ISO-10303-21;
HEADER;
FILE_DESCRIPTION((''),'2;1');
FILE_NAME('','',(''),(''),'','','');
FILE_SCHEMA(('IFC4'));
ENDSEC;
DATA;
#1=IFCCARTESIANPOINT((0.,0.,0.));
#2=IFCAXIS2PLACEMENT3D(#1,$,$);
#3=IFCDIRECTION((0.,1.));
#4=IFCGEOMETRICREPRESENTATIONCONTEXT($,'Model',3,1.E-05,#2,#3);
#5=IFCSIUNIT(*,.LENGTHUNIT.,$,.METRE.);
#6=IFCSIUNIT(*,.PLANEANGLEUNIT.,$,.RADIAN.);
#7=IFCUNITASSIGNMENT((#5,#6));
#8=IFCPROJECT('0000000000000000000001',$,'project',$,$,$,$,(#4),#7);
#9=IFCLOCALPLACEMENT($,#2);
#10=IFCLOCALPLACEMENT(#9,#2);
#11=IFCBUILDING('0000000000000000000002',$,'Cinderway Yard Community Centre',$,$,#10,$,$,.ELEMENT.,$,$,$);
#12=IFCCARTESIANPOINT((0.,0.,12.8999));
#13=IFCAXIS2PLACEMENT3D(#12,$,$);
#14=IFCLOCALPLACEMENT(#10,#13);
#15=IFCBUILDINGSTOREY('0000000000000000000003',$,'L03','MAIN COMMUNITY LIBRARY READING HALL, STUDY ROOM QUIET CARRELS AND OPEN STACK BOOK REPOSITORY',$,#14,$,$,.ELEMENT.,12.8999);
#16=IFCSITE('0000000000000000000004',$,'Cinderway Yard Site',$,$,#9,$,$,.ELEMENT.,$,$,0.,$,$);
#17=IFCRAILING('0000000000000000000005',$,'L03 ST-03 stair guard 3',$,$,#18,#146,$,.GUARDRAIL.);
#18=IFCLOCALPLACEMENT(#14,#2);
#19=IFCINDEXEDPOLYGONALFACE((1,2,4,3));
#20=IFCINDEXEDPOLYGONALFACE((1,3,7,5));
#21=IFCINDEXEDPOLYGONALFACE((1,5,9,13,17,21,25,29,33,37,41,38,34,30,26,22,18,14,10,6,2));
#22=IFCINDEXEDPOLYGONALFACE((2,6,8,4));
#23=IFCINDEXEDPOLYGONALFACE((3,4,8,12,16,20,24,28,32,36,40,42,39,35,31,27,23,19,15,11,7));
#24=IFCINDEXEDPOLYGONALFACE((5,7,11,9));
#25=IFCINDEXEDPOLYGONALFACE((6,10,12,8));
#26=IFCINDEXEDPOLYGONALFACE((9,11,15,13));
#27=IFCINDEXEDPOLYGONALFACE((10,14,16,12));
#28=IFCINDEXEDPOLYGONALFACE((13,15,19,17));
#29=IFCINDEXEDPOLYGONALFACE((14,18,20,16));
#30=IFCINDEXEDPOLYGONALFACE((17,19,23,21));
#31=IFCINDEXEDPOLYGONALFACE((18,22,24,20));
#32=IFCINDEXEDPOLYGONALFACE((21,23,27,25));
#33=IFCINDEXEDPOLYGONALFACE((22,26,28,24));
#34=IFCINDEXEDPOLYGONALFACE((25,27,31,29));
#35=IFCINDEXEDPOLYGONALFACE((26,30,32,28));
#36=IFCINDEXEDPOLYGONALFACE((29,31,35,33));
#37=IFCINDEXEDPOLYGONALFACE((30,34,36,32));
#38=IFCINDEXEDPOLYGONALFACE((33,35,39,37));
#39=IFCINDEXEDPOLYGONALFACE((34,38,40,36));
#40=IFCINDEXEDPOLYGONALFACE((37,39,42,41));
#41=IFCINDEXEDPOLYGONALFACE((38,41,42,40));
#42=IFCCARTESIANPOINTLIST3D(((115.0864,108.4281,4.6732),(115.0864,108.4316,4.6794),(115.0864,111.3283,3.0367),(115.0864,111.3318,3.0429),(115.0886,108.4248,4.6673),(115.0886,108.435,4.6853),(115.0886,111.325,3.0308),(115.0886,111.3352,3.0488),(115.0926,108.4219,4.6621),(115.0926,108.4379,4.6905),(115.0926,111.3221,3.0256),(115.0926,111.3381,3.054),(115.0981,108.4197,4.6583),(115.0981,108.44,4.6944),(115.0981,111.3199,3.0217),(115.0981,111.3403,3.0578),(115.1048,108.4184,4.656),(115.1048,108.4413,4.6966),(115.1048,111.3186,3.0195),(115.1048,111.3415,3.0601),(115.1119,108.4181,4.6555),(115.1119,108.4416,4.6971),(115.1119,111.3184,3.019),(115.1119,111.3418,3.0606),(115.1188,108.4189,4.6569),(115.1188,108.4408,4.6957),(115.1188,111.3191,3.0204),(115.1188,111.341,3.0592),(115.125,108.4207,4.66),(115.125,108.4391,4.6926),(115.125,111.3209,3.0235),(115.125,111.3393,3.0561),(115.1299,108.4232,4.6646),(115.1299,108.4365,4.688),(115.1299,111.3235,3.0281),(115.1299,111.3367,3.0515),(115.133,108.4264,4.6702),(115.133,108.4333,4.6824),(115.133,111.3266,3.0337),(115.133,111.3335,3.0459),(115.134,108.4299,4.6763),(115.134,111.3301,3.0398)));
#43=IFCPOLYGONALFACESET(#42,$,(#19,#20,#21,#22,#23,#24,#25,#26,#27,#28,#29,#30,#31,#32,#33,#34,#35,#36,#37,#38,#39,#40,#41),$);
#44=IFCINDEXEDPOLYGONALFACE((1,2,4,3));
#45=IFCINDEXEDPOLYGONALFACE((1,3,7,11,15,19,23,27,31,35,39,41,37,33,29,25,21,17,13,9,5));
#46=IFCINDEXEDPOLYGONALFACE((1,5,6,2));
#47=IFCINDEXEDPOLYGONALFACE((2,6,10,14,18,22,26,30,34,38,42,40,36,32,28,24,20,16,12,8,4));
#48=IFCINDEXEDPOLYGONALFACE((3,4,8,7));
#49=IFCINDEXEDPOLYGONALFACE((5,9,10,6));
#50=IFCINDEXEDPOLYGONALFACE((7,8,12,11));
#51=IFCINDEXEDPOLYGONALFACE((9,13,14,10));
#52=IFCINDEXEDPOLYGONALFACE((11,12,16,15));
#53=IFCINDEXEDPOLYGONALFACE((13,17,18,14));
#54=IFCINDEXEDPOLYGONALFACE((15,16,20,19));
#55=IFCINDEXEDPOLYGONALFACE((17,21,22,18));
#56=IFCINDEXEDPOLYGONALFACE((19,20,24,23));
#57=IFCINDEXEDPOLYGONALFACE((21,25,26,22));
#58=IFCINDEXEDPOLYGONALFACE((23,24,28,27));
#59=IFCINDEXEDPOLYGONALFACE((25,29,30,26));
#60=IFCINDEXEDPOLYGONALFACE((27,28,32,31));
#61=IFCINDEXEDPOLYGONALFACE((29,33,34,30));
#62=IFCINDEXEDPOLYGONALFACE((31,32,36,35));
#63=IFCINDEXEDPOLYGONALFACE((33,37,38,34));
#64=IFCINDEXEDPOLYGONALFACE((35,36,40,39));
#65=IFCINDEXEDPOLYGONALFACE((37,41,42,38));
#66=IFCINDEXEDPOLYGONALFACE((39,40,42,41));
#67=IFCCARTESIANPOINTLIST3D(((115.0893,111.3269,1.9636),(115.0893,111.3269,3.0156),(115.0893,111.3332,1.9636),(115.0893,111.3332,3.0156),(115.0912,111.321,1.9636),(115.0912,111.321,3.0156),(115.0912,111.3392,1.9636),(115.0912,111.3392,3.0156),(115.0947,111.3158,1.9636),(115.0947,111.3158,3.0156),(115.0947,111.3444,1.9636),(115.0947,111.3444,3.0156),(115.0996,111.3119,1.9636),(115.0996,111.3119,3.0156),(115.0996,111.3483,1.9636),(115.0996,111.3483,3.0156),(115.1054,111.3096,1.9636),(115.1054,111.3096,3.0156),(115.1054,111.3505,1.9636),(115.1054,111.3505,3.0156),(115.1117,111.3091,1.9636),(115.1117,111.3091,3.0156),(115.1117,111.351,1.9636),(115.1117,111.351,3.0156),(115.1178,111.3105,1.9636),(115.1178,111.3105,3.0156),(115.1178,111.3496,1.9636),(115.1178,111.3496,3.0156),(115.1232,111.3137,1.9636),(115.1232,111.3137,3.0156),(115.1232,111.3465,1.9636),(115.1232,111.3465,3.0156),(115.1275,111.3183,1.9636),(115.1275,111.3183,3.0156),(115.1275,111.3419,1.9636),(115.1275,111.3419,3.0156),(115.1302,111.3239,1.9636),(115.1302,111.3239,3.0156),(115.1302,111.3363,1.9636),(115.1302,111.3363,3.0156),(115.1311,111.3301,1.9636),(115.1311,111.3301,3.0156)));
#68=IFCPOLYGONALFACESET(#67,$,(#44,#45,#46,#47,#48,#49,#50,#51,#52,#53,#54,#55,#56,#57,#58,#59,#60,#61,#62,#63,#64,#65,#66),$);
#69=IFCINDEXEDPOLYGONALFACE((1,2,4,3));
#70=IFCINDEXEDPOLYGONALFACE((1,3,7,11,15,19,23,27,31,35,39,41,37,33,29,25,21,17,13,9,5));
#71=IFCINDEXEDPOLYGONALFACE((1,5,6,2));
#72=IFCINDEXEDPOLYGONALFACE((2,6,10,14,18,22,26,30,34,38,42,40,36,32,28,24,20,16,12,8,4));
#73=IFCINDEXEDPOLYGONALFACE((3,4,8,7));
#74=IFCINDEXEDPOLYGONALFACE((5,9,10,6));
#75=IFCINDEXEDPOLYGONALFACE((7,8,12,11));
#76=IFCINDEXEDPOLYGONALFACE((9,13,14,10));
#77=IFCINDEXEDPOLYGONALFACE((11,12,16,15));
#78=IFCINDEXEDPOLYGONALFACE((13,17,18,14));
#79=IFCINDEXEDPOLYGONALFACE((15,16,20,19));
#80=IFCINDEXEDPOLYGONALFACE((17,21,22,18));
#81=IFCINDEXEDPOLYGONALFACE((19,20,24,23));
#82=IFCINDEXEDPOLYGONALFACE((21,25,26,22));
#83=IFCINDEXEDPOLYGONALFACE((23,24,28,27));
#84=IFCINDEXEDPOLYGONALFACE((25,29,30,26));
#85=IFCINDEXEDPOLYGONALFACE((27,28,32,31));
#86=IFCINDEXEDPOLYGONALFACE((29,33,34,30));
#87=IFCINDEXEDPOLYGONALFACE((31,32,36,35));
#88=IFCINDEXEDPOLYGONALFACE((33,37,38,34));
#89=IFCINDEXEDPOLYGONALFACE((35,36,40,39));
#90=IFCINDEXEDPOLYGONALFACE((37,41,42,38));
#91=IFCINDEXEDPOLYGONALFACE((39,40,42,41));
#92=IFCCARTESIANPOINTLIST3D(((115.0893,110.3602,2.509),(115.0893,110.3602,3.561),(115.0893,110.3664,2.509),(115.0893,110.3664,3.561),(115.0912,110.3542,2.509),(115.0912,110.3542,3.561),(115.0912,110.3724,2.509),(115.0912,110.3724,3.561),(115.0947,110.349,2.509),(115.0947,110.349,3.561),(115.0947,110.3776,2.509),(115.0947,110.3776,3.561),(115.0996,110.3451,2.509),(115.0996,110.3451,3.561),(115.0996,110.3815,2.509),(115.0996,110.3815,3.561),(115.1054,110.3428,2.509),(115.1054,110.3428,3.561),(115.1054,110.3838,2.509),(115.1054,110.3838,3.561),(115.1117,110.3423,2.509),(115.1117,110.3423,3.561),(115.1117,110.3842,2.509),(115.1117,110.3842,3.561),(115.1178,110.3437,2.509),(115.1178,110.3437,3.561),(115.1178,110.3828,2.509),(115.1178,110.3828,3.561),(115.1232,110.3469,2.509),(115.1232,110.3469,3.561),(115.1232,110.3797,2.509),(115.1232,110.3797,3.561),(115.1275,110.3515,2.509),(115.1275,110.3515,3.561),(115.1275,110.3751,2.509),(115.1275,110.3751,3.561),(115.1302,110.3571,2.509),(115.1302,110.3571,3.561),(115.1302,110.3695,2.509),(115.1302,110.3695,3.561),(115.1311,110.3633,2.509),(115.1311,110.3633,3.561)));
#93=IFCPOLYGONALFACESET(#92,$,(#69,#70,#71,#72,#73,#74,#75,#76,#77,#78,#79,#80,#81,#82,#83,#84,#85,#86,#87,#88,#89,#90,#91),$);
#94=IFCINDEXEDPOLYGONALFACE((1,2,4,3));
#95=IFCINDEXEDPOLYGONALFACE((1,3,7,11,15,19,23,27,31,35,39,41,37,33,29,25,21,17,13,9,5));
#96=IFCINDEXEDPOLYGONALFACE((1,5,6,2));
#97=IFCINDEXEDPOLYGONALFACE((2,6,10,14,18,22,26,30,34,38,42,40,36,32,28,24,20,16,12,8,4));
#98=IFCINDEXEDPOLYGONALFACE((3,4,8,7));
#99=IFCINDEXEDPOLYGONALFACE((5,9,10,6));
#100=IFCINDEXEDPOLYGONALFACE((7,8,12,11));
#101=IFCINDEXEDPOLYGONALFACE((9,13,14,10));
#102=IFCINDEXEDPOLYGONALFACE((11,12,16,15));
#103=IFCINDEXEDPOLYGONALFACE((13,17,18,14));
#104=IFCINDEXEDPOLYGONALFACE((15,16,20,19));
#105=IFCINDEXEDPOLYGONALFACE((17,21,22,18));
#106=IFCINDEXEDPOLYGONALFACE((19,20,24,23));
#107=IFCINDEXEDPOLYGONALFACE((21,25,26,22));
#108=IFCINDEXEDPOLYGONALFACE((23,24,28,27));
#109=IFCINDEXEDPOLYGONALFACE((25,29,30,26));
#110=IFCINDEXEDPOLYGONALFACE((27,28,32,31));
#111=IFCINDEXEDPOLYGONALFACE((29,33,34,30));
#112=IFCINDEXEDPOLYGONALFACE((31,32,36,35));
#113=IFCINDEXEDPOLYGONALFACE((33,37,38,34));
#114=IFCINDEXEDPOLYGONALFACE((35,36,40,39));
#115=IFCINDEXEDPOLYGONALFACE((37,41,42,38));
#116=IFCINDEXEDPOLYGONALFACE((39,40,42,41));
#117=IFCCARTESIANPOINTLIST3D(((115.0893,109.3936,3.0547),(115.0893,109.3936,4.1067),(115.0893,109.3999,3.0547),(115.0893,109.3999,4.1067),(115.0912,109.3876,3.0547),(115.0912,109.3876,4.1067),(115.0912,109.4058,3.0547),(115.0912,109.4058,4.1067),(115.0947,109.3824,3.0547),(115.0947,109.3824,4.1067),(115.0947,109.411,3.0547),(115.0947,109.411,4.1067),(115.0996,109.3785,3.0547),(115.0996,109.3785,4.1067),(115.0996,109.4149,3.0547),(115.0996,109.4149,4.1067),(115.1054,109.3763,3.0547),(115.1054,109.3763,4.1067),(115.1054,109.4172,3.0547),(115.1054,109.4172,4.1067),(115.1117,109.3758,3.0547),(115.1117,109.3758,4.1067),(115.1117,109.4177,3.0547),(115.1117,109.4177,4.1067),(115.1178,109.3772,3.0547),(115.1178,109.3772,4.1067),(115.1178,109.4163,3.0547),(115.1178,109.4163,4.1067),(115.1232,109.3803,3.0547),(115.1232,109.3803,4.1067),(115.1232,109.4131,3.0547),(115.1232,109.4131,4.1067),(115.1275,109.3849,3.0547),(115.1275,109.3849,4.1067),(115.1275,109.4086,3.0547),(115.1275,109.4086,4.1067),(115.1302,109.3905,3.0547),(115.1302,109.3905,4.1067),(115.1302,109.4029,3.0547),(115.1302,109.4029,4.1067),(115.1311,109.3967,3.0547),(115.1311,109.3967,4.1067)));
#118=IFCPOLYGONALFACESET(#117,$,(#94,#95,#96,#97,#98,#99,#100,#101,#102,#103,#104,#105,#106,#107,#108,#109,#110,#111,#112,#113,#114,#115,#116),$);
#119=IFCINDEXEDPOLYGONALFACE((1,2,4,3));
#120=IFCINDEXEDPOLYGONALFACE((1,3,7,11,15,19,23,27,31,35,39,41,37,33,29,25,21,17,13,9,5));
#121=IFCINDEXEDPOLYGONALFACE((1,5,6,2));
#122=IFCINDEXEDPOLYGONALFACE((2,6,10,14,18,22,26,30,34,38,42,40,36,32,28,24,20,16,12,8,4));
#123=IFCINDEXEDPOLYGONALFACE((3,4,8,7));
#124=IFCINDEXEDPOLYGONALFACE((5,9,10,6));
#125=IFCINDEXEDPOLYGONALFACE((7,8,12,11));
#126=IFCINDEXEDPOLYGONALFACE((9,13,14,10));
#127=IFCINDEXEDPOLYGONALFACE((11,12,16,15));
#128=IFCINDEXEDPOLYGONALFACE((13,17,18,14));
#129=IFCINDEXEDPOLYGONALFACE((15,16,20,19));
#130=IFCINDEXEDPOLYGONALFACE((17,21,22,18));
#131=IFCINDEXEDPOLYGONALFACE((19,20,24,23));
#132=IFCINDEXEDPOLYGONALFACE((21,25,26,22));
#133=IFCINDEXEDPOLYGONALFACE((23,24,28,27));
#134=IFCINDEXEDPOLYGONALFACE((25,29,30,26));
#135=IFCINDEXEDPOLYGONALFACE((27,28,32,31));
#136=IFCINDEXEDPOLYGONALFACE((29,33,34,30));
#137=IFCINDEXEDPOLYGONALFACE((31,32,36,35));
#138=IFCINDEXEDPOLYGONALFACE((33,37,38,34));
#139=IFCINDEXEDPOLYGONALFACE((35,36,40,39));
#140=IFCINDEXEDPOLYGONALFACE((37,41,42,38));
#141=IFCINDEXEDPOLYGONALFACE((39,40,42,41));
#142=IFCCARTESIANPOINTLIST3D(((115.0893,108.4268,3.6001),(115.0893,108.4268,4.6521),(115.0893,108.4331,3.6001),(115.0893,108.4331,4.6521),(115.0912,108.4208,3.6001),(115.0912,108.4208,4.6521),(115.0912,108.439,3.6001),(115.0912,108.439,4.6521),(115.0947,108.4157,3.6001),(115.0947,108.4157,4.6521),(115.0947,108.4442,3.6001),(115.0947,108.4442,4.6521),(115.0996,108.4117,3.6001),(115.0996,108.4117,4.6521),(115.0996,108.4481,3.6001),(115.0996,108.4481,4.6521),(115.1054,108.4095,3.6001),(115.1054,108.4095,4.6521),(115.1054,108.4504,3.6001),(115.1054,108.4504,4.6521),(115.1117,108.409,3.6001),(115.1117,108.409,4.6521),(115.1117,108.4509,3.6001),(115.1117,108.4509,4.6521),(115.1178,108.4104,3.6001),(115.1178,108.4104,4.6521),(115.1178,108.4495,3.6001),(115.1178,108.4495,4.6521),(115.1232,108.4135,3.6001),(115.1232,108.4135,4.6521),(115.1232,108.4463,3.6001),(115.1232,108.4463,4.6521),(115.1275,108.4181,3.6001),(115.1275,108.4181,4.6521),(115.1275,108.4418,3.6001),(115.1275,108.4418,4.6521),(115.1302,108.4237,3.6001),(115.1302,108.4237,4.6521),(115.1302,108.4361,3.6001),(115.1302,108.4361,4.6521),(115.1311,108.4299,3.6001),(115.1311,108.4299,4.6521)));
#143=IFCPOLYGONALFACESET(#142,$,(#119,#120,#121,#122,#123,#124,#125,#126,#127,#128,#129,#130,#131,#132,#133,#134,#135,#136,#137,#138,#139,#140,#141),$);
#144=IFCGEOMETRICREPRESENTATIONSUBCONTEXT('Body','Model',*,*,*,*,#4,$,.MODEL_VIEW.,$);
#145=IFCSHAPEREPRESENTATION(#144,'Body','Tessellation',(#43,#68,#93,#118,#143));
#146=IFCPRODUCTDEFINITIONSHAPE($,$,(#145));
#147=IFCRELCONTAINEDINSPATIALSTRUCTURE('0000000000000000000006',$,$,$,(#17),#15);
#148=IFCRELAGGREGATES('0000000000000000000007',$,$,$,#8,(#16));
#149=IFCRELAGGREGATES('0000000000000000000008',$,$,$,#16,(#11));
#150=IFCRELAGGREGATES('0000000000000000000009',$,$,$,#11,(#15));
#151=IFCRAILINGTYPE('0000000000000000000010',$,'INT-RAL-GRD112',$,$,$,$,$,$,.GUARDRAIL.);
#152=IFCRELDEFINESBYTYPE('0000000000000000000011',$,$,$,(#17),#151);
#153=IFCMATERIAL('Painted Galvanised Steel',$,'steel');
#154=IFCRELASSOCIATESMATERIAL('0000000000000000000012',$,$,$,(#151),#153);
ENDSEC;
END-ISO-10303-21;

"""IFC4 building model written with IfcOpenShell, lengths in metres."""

from ifc_helpers import new_model, si_unit, direction, frame, origin, origin_2d, place, context, subcontext, project, spatial, circle, extrude, material, type_object, element, save


model = new_model("IFC4")

# Units and contexts
model_context = context("Model", 3, precision=1e-05, world=origin(), true_north=direction((0.0, 1.0)))
body_context = subcontext(model_context, "Body", "Model", "MODEL_VIEW")
ifc_project = project(units=[si_unit("LENGTHUNIT", "METRE"), si_unit("PLANEANGLEUNIT", "RADIAN")], contexts=[model_context])

# Site, building, storey
site_placement = place(None, origin())
site = spatial("IfcSite", under=ifc_project, at=site_placement, Name="Cinderway Yard Site", CompositionType="ELEMENT", RefElevation=0.0)
building_placement = place(site_placement, origin())
building = spatial("IfcBuilding", under=site, at=building_placement, Name="Cinderway Yard Community Centre", CompositionType="ELEMENT")
storey_placement = place(building_placement, frame((0.0, 0.0, 12.8999)))
storey = spatial("IfcBuildingStorey", under=building, at=storey_placement, Name="L03", Description="MAIN COMMUNITY LIBRARY READING HALL, STUDY ROOM QUIET CARRELS AND OPEN STACK BOOK REPOSITORY", CompositionType="ELEMENT", Elevation=12.8999)

# Shared definitions
ifc_material_1 = material(Name="Painted Galvanised Steel", Category="steel")

# Railing
railing_type_1 = type_object("IfcRailingType", Name="INT-RAL-GRD112", PredefinedType="GUARDRAIL", material=ifc_material_1)
railing_1_placement = place(storey_placement, frame((115.1101, 111.3301, 1.9636)))
element("IfcRailing", 1, at=railing_1_placement, inside=storey, type_object=railing_type_1, Name="L03 ST-03 stair guard 3", PredefinedType="GUARDRAIL", context=body_context, shape_type="SweptSolid", body=[
    extrude(circle(Radius=0.0239, at=origin_2d()), frame((0.0, 0.0, 1.0762), z_axis=(0.0, -0.870915, 0.491434), x_axis=(1.0, 0.0, 0.0)), (0.0, 0.0, 1.0), 3.3301),
    extrude(circle(Radius=0.021, at=origin_2d()), origin(), (0.0, 0.0, 1.0), 1.052),
    extrude(circle(Radius=0.021, at=origin_2d()), frame((0.0, -0.9668, 0.5454)), (0.0, 0.0, 1.0), 1.052),
    extrude(circle(Radius=0.021, at=origin_2d()), frame((0.0, -1.9333, 1.0911)), (0.0, 0.0, 1.0), 1.052),
    extrude(circle(Radius=0.021, at=origin_2d()), frame((0.0, -2.9001, 1.6365)), (0.0, 0.0, 1.0), 1.052),
])

save(model, "model.ifc")
